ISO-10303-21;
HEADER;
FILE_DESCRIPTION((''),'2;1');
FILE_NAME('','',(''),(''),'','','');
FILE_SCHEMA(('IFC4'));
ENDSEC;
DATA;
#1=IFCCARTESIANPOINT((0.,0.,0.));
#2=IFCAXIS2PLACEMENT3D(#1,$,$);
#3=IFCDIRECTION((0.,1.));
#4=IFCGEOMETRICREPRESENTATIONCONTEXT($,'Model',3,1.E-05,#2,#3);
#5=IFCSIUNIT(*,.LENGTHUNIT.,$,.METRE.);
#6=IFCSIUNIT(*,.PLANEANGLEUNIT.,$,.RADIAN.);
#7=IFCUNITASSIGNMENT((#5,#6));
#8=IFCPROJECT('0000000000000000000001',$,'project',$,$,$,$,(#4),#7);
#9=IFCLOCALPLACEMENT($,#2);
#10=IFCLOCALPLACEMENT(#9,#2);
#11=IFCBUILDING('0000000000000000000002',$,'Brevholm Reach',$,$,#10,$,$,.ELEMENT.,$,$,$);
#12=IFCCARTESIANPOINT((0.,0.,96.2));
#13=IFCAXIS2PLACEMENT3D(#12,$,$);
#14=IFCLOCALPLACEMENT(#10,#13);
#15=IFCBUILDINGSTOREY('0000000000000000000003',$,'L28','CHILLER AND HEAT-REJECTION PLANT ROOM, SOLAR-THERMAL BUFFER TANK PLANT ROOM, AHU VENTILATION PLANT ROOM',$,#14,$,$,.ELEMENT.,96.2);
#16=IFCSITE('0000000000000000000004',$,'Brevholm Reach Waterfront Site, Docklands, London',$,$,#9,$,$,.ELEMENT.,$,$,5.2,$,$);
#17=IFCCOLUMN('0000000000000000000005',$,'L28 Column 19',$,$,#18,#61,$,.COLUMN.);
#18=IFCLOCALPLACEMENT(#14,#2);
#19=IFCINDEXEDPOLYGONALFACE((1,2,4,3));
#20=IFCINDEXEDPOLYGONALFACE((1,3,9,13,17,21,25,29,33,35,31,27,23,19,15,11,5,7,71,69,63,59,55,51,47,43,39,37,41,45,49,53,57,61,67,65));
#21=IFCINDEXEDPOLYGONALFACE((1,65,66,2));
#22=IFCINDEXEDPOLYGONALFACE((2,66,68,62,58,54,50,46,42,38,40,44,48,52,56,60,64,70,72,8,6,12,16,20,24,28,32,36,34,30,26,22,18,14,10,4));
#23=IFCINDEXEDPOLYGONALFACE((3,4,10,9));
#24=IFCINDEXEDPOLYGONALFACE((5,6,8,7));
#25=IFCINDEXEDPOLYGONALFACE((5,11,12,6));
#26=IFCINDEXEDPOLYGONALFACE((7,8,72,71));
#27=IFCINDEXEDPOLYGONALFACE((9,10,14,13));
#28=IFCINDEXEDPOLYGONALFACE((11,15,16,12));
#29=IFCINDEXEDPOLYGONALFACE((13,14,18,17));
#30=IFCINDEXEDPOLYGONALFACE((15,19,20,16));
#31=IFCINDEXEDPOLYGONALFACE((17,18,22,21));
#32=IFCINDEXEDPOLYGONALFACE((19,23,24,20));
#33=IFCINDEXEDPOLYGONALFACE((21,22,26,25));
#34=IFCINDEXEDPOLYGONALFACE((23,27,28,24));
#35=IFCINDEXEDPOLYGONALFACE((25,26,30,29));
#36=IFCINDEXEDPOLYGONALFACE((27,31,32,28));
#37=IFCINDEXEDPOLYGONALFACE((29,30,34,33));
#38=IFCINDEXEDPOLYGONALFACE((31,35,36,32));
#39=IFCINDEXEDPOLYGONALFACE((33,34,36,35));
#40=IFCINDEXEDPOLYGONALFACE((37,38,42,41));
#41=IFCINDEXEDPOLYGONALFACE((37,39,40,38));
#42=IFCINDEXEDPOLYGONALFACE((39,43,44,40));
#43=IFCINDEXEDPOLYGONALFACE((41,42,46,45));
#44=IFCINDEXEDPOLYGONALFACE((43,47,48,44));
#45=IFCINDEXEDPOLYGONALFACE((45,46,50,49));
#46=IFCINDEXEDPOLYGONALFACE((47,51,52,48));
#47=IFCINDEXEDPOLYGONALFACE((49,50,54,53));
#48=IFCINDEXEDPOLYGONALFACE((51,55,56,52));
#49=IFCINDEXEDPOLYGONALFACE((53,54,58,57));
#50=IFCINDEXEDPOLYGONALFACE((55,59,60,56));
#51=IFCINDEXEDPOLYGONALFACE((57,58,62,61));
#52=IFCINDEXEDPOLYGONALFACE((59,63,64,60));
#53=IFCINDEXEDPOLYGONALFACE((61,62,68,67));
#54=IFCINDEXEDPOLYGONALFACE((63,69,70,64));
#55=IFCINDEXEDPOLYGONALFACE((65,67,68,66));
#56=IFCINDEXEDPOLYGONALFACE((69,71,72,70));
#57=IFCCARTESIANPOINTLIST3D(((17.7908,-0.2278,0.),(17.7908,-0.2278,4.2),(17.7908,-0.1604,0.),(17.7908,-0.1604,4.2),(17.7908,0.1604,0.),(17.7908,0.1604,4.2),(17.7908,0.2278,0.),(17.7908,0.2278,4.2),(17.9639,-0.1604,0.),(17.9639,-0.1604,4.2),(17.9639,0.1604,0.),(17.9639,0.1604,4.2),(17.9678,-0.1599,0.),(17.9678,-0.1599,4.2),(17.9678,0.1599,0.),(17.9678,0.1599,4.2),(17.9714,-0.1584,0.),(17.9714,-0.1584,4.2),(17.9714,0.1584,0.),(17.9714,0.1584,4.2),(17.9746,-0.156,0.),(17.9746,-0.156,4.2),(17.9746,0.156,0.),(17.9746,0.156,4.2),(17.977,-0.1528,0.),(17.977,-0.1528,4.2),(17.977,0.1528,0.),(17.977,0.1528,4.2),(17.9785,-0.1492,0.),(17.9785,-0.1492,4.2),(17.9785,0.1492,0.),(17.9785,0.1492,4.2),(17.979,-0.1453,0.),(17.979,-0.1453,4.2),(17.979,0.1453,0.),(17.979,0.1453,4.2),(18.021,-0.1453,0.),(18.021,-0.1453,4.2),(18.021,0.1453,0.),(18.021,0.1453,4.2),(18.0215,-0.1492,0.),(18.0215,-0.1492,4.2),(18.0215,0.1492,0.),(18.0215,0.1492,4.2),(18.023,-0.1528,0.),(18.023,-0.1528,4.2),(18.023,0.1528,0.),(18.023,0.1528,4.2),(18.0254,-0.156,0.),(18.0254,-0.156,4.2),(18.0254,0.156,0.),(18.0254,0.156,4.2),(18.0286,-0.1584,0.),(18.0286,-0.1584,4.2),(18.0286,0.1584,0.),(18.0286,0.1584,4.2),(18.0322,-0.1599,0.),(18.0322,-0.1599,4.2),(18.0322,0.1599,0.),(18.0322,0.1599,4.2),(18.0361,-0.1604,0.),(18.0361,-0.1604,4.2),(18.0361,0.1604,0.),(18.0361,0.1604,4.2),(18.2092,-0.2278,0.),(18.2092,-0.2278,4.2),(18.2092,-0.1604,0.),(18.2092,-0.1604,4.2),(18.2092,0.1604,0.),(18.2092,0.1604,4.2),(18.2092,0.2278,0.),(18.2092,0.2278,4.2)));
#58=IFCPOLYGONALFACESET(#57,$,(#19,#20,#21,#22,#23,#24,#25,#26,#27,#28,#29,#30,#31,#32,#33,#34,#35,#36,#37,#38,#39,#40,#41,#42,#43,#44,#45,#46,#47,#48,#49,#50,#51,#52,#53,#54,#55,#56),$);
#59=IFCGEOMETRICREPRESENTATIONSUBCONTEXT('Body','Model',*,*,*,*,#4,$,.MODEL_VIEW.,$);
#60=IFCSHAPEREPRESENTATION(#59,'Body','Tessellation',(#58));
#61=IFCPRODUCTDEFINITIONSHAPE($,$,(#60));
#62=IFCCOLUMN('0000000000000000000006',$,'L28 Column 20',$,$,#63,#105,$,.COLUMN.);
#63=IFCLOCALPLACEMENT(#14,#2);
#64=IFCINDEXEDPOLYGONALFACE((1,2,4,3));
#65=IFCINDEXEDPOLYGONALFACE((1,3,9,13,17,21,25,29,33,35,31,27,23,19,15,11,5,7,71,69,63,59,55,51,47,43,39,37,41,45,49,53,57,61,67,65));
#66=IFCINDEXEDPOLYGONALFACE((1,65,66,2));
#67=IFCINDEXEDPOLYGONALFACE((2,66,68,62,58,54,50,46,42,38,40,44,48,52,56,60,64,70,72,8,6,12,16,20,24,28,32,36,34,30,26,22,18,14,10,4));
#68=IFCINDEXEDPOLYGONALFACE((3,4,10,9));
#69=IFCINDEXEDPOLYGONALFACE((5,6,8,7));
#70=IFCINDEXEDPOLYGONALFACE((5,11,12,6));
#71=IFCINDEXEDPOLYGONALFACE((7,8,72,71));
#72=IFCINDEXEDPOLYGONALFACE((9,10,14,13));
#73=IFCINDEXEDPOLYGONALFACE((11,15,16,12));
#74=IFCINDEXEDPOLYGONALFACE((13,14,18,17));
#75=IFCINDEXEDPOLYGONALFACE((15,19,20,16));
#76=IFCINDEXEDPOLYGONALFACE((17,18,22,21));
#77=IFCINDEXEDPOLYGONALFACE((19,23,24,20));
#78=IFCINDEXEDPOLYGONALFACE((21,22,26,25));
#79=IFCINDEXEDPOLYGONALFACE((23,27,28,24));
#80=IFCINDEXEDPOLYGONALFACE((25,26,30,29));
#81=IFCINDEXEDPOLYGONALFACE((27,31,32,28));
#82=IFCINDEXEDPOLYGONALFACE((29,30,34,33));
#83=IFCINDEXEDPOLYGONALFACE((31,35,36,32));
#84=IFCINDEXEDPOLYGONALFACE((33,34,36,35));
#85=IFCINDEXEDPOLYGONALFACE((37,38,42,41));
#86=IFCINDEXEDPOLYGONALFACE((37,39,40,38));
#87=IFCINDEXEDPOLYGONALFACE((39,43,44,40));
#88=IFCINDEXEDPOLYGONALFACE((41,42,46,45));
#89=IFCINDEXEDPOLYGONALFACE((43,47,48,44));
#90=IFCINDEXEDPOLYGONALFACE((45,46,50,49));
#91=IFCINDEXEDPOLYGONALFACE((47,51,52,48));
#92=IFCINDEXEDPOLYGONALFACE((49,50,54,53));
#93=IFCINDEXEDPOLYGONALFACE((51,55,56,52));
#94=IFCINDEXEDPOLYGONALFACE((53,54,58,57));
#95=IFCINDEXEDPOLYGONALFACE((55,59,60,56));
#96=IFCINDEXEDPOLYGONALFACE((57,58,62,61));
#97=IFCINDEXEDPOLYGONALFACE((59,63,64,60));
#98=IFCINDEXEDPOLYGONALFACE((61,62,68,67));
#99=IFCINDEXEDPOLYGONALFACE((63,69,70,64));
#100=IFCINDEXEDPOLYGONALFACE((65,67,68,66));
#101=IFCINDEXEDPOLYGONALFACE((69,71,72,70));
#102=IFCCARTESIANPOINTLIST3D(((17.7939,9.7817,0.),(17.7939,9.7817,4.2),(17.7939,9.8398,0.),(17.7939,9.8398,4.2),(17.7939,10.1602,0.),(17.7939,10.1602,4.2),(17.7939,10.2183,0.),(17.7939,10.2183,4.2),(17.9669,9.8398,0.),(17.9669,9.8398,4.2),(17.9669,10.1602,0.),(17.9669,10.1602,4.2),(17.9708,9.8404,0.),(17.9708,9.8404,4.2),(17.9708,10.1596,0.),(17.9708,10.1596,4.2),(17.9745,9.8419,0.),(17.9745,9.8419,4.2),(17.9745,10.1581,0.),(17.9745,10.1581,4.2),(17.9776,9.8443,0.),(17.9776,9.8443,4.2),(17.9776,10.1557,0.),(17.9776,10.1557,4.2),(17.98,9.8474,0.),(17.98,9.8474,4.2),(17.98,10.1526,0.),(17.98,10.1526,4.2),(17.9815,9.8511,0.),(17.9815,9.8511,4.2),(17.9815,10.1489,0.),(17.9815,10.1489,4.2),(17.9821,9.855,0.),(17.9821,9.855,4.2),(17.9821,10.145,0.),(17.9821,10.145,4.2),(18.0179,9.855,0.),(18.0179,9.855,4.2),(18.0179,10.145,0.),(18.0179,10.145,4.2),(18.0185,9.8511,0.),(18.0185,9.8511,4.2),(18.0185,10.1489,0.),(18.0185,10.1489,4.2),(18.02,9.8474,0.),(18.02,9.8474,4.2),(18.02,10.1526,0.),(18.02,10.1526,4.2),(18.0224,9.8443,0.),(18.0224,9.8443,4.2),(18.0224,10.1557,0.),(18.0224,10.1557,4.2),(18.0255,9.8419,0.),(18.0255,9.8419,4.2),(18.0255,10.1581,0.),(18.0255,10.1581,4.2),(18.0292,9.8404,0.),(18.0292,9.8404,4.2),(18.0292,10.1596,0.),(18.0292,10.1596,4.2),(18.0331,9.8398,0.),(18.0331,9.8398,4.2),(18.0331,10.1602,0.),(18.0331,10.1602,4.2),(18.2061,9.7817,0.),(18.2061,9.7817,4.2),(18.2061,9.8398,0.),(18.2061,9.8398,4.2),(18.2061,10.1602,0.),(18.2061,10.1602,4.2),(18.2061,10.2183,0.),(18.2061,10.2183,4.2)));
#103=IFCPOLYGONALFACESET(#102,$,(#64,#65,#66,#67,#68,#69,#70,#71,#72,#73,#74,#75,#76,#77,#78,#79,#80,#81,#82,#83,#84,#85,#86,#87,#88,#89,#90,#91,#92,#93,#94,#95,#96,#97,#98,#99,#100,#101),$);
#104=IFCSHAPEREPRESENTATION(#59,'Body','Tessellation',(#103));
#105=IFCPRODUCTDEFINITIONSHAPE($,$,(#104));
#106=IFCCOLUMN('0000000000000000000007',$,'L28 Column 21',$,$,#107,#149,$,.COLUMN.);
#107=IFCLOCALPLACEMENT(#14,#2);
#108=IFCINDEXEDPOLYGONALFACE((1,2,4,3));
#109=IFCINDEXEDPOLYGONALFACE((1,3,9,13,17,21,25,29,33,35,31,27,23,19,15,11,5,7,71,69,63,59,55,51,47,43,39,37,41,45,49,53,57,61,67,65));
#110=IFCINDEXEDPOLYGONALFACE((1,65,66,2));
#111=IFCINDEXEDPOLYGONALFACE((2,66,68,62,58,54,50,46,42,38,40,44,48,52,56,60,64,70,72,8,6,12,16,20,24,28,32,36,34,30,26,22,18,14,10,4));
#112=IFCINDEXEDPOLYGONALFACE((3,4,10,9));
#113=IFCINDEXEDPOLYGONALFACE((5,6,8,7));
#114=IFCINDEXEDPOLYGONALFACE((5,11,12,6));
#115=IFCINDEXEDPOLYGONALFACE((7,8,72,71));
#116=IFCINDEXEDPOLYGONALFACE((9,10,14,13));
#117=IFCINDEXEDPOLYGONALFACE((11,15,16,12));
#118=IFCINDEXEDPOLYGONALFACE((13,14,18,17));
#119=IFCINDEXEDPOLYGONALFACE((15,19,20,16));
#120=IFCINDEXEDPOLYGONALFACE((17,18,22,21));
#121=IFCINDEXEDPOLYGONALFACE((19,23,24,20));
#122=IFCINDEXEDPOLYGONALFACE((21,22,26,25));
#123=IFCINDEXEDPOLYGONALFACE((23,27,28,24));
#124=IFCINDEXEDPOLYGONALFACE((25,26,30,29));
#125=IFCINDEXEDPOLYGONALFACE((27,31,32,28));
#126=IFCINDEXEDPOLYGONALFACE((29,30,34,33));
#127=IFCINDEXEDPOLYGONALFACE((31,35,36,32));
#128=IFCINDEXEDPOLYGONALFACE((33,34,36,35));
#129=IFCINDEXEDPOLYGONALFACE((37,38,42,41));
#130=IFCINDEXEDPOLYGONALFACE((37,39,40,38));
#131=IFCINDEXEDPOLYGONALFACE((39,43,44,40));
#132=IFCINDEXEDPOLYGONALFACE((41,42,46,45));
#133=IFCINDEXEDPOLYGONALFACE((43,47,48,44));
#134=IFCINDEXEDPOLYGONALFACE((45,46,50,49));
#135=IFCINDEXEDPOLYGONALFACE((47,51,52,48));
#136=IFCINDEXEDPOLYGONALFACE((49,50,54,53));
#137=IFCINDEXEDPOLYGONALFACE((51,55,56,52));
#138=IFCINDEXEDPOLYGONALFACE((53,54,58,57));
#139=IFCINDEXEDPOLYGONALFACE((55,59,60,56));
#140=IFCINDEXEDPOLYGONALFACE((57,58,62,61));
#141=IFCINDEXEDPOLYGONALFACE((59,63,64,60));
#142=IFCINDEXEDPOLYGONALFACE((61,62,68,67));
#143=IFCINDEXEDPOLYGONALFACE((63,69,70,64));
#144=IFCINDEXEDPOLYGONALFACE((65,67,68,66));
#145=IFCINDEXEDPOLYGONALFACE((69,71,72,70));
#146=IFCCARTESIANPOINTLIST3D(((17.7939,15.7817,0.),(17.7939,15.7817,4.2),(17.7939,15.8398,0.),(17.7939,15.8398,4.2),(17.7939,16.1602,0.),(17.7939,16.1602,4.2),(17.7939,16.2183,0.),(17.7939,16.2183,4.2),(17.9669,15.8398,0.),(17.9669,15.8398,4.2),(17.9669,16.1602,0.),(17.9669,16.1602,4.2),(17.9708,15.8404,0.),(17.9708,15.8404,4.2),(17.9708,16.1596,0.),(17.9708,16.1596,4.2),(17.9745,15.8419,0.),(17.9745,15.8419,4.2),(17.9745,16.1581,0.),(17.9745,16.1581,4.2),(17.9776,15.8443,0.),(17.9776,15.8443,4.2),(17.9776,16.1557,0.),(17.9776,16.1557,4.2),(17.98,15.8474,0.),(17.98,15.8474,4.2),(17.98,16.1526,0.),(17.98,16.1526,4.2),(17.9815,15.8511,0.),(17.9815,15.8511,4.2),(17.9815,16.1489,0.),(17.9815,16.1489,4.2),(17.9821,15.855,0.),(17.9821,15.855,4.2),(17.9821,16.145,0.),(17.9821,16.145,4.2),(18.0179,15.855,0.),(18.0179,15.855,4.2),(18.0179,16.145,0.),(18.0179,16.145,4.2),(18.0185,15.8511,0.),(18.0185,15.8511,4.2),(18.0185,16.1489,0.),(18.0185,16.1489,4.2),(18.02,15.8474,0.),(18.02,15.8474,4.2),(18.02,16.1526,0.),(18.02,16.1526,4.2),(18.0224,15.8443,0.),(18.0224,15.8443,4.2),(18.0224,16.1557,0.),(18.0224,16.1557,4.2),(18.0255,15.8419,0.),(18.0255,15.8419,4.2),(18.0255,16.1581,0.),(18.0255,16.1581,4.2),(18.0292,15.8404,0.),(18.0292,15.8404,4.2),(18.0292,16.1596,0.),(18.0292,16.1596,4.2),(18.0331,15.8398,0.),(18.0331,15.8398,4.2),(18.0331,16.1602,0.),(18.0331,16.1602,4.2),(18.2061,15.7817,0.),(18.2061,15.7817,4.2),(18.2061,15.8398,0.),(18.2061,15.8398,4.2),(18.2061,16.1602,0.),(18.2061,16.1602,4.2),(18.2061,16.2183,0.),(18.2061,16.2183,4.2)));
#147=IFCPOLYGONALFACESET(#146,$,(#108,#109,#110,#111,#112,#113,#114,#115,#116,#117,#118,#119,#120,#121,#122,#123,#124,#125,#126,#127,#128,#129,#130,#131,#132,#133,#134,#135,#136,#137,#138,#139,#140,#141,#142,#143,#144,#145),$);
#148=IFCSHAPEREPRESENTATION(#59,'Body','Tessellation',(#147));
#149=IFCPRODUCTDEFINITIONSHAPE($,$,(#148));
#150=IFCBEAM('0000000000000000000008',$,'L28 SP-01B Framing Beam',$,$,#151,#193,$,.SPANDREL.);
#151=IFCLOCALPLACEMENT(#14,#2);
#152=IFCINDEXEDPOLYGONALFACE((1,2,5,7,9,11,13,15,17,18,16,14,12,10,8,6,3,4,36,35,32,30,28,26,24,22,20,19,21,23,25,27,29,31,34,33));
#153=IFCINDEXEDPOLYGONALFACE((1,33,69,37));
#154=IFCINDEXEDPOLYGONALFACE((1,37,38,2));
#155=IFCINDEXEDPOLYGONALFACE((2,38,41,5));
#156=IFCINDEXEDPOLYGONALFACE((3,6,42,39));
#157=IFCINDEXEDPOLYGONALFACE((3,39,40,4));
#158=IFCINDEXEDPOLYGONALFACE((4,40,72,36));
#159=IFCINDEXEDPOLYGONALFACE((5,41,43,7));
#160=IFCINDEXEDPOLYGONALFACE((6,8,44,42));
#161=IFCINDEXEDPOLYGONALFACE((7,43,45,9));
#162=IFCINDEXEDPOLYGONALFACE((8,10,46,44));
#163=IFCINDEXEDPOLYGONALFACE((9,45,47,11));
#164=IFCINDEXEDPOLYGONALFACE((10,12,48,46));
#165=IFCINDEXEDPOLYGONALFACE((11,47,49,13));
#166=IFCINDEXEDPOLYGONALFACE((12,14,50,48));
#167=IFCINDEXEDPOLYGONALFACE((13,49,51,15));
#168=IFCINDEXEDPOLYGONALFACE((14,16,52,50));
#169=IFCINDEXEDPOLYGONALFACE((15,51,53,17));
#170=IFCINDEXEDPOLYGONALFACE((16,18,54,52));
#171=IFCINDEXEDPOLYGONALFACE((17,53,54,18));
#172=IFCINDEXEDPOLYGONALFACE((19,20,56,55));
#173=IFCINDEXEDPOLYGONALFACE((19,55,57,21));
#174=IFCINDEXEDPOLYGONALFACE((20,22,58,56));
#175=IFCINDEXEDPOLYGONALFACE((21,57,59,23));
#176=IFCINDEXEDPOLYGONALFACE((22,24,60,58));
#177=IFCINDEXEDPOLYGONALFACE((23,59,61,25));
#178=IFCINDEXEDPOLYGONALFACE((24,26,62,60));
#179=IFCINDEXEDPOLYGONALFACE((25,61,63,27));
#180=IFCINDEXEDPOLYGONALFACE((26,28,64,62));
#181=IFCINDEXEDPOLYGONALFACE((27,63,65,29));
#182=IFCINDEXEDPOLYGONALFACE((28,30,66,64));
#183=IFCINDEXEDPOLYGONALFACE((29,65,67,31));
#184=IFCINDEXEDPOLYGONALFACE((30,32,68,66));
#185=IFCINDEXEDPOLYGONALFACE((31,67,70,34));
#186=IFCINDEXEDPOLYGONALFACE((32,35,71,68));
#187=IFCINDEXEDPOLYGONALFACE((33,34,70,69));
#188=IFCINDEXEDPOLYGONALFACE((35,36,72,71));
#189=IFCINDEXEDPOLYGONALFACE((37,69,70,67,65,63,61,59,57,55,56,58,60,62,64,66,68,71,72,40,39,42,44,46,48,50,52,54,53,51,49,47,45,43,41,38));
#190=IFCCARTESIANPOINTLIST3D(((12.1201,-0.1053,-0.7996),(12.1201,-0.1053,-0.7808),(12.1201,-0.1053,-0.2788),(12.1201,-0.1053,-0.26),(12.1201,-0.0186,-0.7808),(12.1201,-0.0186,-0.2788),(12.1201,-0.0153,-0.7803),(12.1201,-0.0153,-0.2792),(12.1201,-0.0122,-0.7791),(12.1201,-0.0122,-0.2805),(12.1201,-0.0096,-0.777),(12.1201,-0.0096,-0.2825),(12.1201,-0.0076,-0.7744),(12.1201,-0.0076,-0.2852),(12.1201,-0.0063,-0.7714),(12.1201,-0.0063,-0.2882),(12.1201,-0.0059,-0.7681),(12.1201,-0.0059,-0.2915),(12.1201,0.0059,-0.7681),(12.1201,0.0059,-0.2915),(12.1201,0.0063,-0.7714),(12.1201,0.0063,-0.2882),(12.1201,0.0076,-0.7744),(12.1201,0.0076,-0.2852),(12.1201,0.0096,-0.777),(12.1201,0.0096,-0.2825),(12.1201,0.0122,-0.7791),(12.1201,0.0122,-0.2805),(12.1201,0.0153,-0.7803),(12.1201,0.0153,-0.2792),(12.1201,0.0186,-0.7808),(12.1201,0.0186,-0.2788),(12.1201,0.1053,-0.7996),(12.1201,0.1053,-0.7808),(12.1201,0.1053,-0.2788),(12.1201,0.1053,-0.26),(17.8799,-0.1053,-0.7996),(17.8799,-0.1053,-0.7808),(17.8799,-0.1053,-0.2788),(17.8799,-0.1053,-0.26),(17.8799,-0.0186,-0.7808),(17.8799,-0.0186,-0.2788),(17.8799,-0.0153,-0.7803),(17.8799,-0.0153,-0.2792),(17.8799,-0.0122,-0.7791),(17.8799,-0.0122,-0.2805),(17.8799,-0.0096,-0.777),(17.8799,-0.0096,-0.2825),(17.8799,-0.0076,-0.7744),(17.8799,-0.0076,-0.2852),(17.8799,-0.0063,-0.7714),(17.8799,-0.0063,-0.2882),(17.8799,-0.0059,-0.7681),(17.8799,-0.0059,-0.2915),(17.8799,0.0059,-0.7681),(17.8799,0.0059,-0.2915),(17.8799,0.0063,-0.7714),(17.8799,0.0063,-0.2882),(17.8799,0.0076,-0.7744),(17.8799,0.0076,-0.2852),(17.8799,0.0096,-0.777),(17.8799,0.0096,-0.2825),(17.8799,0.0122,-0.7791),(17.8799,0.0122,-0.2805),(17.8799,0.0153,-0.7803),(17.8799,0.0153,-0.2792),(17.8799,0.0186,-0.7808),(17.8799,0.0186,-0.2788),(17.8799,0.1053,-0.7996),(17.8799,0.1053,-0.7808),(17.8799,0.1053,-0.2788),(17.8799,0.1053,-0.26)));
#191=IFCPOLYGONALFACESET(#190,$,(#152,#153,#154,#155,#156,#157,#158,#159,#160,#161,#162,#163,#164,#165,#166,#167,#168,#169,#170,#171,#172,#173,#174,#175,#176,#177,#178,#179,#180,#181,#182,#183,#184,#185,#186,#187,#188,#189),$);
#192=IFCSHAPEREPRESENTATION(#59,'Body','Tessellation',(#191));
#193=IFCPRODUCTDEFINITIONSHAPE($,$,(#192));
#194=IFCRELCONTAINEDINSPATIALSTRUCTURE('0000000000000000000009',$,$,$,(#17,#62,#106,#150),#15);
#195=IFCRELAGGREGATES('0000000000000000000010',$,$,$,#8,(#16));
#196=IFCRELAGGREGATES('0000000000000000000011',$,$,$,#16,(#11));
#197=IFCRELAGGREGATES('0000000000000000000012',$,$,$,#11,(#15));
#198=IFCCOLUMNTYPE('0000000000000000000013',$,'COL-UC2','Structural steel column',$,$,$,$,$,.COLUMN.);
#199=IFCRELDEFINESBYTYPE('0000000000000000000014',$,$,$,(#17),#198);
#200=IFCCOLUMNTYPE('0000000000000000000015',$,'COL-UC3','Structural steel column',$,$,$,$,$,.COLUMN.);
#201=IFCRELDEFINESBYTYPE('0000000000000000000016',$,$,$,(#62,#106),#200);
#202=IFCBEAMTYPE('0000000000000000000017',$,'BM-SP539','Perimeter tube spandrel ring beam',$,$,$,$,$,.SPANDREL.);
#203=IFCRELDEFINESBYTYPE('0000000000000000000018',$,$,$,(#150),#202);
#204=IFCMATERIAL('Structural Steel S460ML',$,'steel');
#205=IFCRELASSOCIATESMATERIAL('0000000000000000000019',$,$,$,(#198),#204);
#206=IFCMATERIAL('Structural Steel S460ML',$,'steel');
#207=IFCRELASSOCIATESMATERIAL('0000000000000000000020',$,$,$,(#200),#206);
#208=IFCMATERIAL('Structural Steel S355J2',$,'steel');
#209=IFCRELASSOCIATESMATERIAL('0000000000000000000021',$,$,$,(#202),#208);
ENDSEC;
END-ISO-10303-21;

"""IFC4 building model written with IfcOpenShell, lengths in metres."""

from ifc_helpers import new_model, si_unit, direction, frame, origin, origin_2d, place, context, subcontext, project, spatial, i_section, extrude, material, material_profile, profile_set, type_object, element, save


model = new_model("IFC4")

# Units and contexts
model_context = context("Model", 3, precision=1e-05, world=origin(), true_north=direction((0.0, 1.0)))
body_context = subcontext(model_context, "Body", "Model", "MODEL_VIEW")
ifc_project = project(units=[si_unit("LENGTHUNIT", "METRE"), si_unit("PLANEANGLEUNIT", "RADIAN")], contexts=[model_context])

# Site, building, storey
site_placement = place(None, origin())
site = spatial("IfcSite", under=ifc_project, at=site_placement, Name="Brevholm Reach Waterfront Site, Docklands, London", CompositionType="ELEMENT", RefElevation=5.2)
building_placement = place(site_placement, origin())
building = spatial("IfcBuilding", under=site, at=building_placement, Name="Brevholm Reach", CompositionType="ELEMENT")
storey_placement = place(building_placement, frame((0.0, 0.0, 96.2)))
storey = spatial("IfcBuildingStorey", under=building, at=storey_placement, Name="L28", Description="CHILLER AND HEAT-REJECTION PLANT ROOM, SOLAR-THERMAL BUFFER TANK PLANT ROOM, AHU VENTILATION PLANT ROOM", CompositionType="ELEMENT", Elevation=96.2)

# Columns
ifc_material_1 = material(Name="Structural Steel S460ML", Category="steel")
ifc_material_profile_1 = material_profile(ifc_material_1, i_section(OverallWidth=0.4185, OverallDepth=0.4556, WebThickness=0.042, FlangeThickness=0.0674, FilletRadius=0.0151, at=origin_2d()), Name="UKC 356x406x551")
ifc_profile_set_1 = profile_set([ifc_material_profile_1], Name="Structural Steel S460ML")
column_type_1 = type_object("IfcColumnType", Name="COL-UC2", Description="Structural steel column", PredefinedType="COLUMN", material=ifc_profile_set_1)
column_placement = place(storey_placement, frame((18.0, 0.0, 0.0), z_axis=(0.0, 0.0, 1.0), x_axis=(1.0, 0.0, 0.0)))
element("IfcColumn", 1, at=column_placement, inside=storey, type_object=column_type_1, Name="L28 Column 19", PredefinedType="COLUMN", context=body_context, shape_type="SweptSolid", body=[
    extrude(i_section(OverallWidth=0.4185, OverallDepth=0.4556, WebThickness=0.042, FlangeThickness=0.0674, FilletRadius=0.0151, at=origin_2d()), origin(), (0.0, 0.0, 1.0), 4.2),
])
ifc_material_2 = material(Name="Structural Steel S460ML", Category="steel")
ifc_material_profile_2 = material_profile(ifc_material_2, i_section(OverallWidth=0.4121, OverallDepth=0.4365, WebThickness=0.0359, FlangeThickness=0.0581, FilletRadius=0.0151, at=origin_2d()), Name="UKC 356x406x467")
ifc_profile_set_2 = profile_set([ifc_material_profile_2], Name="Structural Steel S460ML")
column_type_2 = type_object("IfcColumnType", Name="COL-UC3", Description="Structural steel column", PredefinedType="COLUMN", material=ifc_profile_set_2)
for number, where, z_axis, x_axis, name in (
    (2, (18.0, 10.0, 0.0), (0.0, 0.0, 1.0), (1.0, 0.0, 0.0), "L28 Column 20"),
    (3, (18.0, 16.0, 0.0), (0.0, 0.0, 1.0), (1.0, 0.0, 0.0), "L28 Column 21"),
):
    element("IfcColumn", number, at=place(storey_placement, frame(where, z_axis=z_axis, x_axis=x_axis)), inside=storey, type_object=column_type_2, Name=name, PredefinedType="COLUMN", context=body_context, shape_type="SweptSolid", body=[
        extrude(i_section(OverallWidth=0.4121, OverallDepth=0.4365, WebThickness=0.0359, FlangeThickness=0.0581, FilletRadius=0.0151, at=origin_2d()), origin(), (0.0, 0.0, 1.0), 4.2),
    ])

# Beam
ifc_material_3 = material(Name="Structural Steel S355J2", Category="steel")
ifc_material_profile_3 = material_profile(ifc_material_3, i_section(OverallWidth=0.2107, OverallDepth=0.5396, WebThickness=0.0117, FlangeThickness=0.0188, FilletRadius=0.0127, at=origin_2d()), Name="UKB 533x210x109")
ifc_profile_set_3 = profile_set([ifc_material_profile_3], Name="Structural Steel S355J2")
beam_type_1 = type_object("IfcBeamType", Name="BM-SP539", Description="Perimeter tube spandrel ring beam", PredefinedType="SPANDREL", material=ifc_profile_set_3)
beam_1_placement = place(storey_placement, frame((12.1201, 0.0, -0.5298), z_axis=(1.0, 0.0, 0.0), x_axis=(0.0, 1.0, 0.0)))
element("IfcBeam", 4, at=beam_1_placement, inside=storey, type_object=beam_type_1, Name="L28 SP-01B Framing Beam", PredefinedType="SPANDREL", context=body_context, shape_type="SweptSolid", body=[
    extrude(i_section(OverallWidth=0.2107, OverallDepth=0.5396, WebThickness=0.0117, FlangeThickness=0.0188, FilletRadius=0.0127, at=origin_2d()), origin(), (0.0, 0.0, 1.0), 5.7598),
])

save(model, "model.ifc")
